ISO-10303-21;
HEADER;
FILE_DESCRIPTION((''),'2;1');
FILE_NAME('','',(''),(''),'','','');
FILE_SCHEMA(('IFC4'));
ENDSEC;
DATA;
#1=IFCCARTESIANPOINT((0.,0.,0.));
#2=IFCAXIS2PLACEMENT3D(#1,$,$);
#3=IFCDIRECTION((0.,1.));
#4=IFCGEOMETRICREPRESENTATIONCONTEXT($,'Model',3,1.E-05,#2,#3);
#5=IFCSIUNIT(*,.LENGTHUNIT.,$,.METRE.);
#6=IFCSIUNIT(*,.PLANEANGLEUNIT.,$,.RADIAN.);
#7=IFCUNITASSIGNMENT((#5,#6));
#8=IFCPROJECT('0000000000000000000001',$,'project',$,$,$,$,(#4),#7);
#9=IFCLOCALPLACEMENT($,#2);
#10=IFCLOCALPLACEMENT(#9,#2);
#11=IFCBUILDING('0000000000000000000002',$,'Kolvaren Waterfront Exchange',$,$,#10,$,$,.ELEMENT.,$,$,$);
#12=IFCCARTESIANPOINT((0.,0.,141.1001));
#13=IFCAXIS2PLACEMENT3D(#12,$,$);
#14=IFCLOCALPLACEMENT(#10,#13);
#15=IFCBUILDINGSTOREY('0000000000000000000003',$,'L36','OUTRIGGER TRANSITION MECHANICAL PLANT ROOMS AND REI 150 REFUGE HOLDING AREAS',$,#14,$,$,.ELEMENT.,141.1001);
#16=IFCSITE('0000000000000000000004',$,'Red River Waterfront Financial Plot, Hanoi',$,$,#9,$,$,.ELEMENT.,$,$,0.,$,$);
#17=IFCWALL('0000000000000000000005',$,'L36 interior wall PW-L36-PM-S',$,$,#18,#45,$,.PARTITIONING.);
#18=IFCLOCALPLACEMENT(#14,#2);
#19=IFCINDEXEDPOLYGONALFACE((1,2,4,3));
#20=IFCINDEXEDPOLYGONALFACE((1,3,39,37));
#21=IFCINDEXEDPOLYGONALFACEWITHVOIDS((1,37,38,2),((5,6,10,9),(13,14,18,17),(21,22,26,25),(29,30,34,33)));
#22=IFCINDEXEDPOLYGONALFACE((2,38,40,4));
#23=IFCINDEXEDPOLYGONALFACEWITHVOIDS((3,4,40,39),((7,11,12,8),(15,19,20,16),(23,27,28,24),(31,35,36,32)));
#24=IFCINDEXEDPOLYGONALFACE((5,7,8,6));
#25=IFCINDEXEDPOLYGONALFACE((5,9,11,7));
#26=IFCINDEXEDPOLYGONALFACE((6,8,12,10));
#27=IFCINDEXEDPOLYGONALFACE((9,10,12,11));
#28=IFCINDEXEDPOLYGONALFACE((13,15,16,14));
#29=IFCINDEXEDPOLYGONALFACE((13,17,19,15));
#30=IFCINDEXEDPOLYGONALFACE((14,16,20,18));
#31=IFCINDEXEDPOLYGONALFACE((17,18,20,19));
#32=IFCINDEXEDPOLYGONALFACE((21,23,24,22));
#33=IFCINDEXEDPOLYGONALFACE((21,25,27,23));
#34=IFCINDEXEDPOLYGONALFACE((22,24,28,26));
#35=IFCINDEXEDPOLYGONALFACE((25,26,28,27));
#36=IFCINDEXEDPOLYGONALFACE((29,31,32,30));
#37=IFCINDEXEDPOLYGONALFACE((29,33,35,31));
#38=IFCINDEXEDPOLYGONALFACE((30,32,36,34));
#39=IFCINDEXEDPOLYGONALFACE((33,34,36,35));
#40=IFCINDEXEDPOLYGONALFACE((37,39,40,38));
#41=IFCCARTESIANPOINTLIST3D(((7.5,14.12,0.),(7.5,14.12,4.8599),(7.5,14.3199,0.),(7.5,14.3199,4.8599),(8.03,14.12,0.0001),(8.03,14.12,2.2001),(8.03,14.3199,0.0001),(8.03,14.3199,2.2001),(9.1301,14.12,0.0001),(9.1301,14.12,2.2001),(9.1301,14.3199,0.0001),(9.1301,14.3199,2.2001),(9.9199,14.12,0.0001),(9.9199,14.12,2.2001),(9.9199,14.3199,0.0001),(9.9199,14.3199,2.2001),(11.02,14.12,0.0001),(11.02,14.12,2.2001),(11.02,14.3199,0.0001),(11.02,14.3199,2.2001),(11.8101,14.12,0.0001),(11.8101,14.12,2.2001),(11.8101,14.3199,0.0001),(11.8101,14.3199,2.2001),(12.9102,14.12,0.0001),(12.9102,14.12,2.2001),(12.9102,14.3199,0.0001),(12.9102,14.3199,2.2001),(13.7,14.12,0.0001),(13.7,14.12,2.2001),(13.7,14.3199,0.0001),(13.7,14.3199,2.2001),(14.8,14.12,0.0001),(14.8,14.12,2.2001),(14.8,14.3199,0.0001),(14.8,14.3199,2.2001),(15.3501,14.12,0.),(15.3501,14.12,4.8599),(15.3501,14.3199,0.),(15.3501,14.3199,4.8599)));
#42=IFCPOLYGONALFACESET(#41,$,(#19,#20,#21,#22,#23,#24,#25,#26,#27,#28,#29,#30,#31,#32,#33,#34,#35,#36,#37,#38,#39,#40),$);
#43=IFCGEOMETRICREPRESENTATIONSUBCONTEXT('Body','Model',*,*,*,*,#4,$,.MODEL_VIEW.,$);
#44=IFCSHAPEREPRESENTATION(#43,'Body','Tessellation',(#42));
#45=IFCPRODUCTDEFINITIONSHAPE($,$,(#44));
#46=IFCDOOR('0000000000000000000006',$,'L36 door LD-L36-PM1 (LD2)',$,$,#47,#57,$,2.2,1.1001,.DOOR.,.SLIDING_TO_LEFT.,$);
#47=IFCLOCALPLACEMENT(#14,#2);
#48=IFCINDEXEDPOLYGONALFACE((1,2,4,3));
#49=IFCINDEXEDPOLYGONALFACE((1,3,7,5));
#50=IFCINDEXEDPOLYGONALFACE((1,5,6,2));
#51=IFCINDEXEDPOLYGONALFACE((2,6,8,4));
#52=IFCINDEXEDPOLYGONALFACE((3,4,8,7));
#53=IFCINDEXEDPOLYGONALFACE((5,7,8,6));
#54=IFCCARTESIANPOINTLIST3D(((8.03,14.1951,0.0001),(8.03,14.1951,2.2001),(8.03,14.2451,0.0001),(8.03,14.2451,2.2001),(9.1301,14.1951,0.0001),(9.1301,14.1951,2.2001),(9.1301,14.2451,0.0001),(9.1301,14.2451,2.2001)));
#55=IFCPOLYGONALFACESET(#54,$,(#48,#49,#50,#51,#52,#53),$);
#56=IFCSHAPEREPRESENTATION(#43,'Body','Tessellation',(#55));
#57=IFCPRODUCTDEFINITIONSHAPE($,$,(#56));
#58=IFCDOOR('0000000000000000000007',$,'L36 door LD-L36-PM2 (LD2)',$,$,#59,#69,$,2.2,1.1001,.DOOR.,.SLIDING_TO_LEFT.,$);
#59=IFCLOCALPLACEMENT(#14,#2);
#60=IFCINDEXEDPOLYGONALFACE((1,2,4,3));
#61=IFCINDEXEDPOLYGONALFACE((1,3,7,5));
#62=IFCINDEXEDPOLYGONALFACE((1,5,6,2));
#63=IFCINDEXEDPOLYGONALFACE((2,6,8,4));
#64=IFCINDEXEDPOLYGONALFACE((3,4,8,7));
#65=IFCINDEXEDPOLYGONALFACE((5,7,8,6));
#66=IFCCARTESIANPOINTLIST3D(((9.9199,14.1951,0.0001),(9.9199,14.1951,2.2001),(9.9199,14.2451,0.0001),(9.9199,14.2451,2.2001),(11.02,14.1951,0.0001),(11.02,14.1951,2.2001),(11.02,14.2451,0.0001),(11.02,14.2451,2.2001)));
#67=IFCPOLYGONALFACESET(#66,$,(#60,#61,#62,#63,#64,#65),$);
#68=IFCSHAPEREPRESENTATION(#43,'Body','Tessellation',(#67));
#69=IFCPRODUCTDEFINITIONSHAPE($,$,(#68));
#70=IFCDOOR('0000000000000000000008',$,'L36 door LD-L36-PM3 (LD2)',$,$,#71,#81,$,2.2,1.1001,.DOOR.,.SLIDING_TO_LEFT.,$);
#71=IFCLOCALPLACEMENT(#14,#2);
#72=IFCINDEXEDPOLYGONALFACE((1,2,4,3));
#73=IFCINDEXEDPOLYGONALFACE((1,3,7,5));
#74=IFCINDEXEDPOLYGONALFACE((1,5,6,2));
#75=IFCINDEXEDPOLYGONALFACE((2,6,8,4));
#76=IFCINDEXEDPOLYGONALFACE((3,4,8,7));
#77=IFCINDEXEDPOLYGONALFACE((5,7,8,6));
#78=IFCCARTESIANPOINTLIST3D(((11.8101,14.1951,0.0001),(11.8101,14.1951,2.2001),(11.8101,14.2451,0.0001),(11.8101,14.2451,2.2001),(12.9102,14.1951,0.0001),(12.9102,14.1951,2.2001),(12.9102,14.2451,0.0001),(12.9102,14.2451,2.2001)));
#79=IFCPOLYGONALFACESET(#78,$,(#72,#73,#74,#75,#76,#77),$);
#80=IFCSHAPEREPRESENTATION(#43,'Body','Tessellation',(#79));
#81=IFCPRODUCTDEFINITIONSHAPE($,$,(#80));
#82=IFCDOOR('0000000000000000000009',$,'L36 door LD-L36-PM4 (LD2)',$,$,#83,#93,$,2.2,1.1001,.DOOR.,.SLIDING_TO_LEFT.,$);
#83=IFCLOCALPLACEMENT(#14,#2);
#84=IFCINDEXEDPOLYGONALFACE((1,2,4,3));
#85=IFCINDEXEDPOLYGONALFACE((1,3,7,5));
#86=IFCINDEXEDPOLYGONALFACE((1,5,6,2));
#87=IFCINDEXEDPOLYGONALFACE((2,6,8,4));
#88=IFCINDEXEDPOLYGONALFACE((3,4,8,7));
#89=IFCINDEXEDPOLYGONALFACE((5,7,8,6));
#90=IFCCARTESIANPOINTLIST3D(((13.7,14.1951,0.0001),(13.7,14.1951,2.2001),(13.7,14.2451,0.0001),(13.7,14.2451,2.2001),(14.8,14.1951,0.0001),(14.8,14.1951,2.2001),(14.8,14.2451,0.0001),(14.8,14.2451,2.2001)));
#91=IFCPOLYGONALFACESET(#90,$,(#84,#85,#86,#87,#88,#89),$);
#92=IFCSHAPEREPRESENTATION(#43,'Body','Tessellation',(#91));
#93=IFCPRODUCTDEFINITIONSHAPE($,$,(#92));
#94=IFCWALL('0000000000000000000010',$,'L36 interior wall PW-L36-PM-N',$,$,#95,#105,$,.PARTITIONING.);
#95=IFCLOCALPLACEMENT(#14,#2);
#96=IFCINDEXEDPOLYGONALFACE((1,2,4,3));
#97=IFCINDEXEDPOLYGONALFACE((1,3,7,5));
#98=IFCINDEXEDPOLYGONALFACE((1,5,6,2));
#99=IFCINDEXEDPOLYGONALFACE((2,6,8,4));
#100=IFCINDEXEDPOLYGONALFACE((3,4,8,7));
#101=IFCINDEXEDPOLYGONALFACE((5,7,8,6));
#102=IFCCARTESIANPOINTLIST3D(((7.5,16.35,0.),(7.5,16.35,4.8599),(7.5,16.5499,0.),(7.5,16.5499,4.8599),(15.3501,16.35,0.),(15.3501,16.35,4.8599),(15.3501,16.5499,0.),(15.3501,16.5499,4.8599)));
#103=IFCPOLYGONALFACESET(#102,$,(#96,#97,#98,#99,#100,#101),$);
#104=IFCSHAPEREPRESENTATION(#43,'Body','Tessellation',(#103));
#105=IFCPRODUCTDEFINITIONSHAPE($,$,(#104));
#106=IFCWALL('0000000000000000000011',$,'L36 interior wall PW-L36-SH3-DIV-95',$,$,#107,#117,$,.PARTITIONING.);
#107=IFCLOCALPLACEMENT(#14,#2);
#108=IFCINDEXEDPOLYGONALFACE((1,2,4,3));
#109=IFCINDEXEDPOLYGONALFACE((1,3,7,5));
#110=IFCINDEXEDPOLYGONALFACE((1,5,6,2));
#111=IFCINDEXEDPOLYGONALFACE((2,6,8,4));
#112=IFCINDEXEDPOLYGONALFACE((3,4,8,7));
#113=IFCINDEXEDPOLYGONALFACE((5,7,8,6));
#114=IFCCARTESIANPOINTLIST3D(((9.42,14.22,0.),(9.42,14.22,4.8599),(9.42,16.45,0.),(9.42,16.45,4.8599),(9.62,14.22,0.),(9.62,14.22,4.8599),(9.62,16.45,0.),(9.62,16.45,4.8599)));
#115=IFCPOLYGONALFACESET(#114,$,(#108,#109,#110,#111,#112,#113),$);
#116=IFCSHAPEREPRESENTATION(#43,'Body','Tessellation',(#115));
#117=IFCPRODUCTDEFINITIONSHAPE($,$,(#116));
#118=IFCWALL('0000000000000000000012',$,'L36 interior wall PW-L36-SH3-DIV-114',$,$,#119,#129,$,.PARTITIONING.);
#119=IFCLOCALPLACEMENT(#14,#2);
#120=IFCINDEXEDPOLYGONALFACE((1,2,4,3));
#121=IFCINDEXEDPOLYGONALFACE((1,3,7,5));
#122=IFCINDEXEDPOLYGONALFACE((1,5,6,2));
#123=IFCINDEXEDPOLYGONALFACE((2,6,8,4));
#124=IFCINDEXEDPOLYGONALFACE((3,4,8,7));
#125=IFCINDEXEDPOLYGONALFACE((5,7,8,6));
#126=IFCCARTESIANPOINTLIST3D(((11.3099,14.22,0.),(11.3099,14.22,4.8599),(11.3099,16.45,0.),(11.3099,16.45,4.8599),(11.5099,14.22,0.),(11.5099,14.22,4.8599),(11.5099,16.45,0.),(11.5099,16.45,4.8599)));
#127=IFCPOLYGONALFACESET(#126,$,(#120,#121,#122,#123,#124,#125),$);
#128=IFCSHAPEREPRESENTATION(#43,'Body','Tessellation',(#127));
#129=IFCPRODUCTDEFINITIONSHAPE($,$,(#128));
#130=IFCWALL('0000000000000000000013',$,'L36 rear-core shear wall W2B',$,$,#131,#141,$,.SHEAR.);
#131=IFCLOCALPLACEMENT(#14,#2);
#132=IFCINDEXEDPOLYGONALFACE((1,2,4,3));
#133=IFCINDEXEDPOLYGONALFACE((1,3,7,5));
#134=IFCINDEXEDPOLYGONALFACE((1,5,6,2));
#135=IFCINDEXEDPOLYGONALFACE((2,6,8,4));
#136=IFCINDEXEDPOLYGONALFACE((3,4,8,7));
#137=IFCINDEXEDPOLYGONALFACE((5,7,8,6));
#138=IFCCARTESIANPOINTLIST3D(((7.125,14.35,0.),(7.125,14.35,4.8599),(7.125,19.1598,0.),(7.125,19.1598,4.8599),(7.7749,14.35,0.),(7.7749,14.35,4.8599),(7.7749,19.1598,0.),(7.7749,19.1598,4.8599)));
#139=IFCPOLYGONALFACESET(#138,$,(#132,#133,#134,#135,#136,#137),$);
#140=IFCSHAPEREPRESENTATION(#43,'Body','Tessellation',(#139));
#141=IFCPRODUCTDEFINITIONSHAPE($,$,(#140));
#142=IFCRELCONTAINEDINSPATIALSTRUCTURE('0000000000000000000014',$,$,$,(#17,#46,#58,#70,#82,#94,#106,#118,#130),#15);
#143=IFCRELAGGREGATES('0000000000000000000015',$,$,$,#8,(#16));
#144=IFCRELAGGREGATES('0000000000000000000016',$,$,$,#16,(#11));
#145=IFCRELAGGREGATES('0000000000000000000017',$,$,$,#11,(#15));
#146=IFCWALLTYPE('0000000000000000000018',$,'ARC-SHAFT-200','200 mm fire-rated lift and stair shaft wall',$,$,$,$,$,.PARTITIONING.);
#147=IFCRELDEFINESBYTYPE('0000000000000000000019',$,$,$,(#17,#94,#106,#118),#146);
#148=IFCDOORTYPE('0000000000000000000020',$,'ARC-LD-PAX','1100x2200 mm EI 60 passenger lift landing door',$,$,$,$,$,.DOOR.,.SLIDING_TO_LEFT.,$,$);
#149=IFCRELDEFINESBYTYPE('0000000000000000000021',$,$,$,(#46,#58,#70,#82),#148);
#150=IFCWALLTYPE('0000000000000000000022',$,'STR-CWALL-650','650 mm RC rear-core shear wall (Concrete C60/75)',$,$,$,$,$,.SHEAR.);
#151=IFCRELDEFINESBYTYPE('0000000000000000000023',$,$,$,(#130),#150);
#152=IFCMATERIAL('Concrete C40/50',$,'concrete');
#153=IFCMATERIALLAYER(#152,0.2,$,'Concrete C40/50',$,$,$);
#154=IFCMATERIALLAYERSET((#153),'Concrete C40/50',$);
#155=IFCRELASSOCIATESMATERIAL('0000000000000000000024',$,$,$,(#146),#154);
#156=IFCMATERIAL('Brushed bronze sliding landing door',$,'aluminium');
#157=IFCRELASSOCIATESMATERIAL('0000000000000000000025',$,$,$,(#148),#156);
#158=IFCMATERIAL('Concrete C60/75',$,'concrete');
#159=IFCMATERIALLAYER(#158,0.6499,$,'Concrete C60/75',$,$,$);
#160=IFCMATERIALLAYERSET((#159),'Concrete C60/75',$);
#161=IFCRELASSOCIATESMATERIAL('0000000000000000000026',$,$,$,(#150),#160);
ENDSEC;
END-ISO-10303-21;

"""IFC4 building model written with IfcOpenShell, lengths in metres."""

from ifc_helpers import new_model, si_unit, direction, frame, frame_2d, origin, place, context, subcontext, project, spatial, rectangle, extrude, material, layer, layer_set, type_object, element, fill, save


model = new_model("IFC4")

# Units and contexts
model_context = context("Model", 3, precision=1e-05, world=origin(), true_north=direction((0.0, 1.0)))
body_context = subcontext(model_context, "Body", "Model", "MODEL_VIEW")
ifc_project = project(units=[si_unit("LENGTHUNIT", "METRE"), si_unit("PLANEANGLEUNIT", "RADIAN")], contexts=[model_context])

# Site, building, storey
site_placement = place(None, origin())
site = spatial("IfcSite", under=ifc_project, at=site_placement, Name="Red River Waterfront Financial Plot, Hanoi", CompositionType="ELEMENT", RefElevation=0.0)
building_placement = place(site_placement, origin())
building = spatial("IfcBuilding", under=site, at=building_placement, Name="Kolvaren Waterfront Exchange", CompositionType="ELEMENT")
storey_placement = place(building_placement, frame((0.0, 0.0, 141.1001)))
storey = spatial("IfcBuildingStorey", under=building, at=storey_placement, Name="L36", Description="OUTRIGGER TRANSITION MECHANICAL PLANT ROOMS AND REI 150 REFUGE HOLDING AREAS", CompositionType="ELEMENT", Elevation=141.1001)

# Wall, openings, doors
ifc_material_1 = material(Name="Concrete C40/50", Category="concrete")
ifc_layer_1 = layer(ifc_material_1, 0.2, Name="Concrete C40/50")
ifc_layer_set_1 = layer_set([ifc_layer_1], Name="Concrete C40/50")
wall_type_1 = type_object("IfcWallType", Name="ARC-SHAFT-200", Description="200 mm fire-rated lift and stair shaft wall", PredefinedType="PARTITIONING", material=ifc_layer_set_1)
wall_1_placement = place(storey_placement, frame((7.5, 14.22, 0.0), z_axis=(0.0, 0.0, 1.0), x_axis=(1.0, 0.0, 0.0)))
wall_1 = element("IfcWall", 1, at=wall_1_placement, inside=storey, type_object=wall_type_1, Name="L36 interior wall PW-L36-PM-S", PredefinedType="PARTITIONING", context=body_context, shape_type="SweptSolid", body=[
    extrude(rectangle(XDim=7.8501, YDim=0.2, at=frame_2d((3.925, 0.0))), origin(), (0.0, 0.0, 1.0), 4.8599),
])
opening_1_placement = place(wall_1_placement, frame((0.53, 0.0, 0.0)))
opening_1 = element("IfcOpeningElement", 2, at=opening_1_placement, cuts=wall_1, PredefinedType="OPENING", context=body_context, shape_type="SweptSolid", body=[
    extrude(rectangle(XDim=1.1001, YDim=2.2, at=frame_2d((0.55, 1.1001))), frame((0.0, 0.1099, 0.0), z_axis=(0.0, -1.0, 0.0), x_axis=(1.0, 0.0, 0.0)), (0.0, 0.0, 1.0), 0.22),
])
opening_2_placement = place(wall_1_placement, frame((2.4199, 0.0, 0.0)))
opening_2 = element("IfcOpeningElement", 3, at=opening_2_placement, cuts=wall_1, PredefinedType="OPENING", context=body_context, shape_type="SweptSolid", body=[
    extrude(rectangle(XDim=1.1001, YDim=2.2, at=frame_2d((0.55, 1.1001))), frame((0.0, 0.1099, 0.0), z_axis=(0.0, -1.0, 0.0), x_axis=(1.0, 0.0, 0.0)), (0.0, 0.0, 1.0), 0.22),
])
opening_3_placement = place(wall_1_placement, frame((4.3101, 0.0, 0.0)))
opening_3 = element("IfcOpeningElement", 4, at=opening_3_placement, cuts=wall_1, PredefinedType="OPENING", context=body_context, shape_type="SweptSolid", body=[
    extrude(rectangle(XDim=1.1001, YDim=2.2, at=frame_2d((0.55, 1.1001))), frame((0.0, 0.1099, 0.0), z_axis=(0.0, -1.0, 0.0), x_axis=(1.0, 0.0, 0.0)), (0.0, 0.0, 1.0), 0.22),
])
opening_4_placement = place(wall_1_placement, frame((6.2, 0.0, 0.0)))
opening_4 = element("IfcOpeningElement", 5, at=opening_4_placement, cuts=wall_1, PredefinedType="OPENING", context=body_context, shape_type="SweptSolid", body=[
    extrude(rectangle(XDim=1.1001, YDim=2.2, at=frame_2d((0.55, 1.1001))), frame((0.0, 0.1099, 0.0), z_axis=(0.0, -1.0, 0.0), x_axis=(1.0, 0.0, 0.0)), (0.0, 0.0, 1.0), 0.22),
])
ifc_material_2 = material(Name="Brushed bronze sliding landing door", Category="aluminium")
door_type_1 = type_object("IfcDoorType", Name="ARC-LD-PAX", Description="1100x2200 mm EI 60 passenger lift landing door", OperationType="SLIDING_TO_LEFT", PredefinedType="DOOR", material=ifc_material_2)
door_1_placement = place(opening_1_placement, frame((1.1001, 0.0, 0.0), z_axis=(0.0, 0.0, 1.0), x_axis=(-1.0, 0.0, 0.0)))
door_1 = element("IfcDoor", 6, at=door_1_placement, inside=storey, type_object=door_type_1, Name="L36 door LD-L36-PM1 (LD2)", OperationType="SLIDING_TO_LEFT", OverallHeight=2.2, OverallWidth=1.1001, PredefinedType="DOOR", context=body_context, shape_type="SweptSolid", body=[
    extrude(rectangle(XDim=1.1001, YDim=2.2, at=frame_2d((0.55, 1.1001))), frame((0.0, 0.0249, 0.0), z_axis=(0.0, -1.0, 0.0), x_axis=(1.0, 0.0, 0.0)), (0.0, 0.0, 1.0), 0.05),
])
fill(opening_1, door_1)
door_2_placement = place(opening_2_placement, frame((1.1001, 0.0, 0.0), z_axis=(0.0, 0.0, 1.0), x_axis=(-1.0, 0.0, 0.0)))
door_2 = element("IfcDoor", 7, at=door_2_placement, inside=storey, type_object=door_type_1, Name="L36 door LD-L36-PM2 (LD2)", OperationType="SLIDING_TO_LEFT", OverallHeight=2.2, OverallWidth=1.1001, PredefinedType="DOOR", context=body_context, shape_type="SweptSolid", body=[
    extrude(rectangle(XDim=1.1001, YDim=2.2, at=frame_2d((0.55, 1.1001))), frame((0.0, 0.0249, 0.0), z_axis=(0.0, -1.0, 0.0), x_axis=(1.0, 0.0, 0.0)), (0.0, 0.0, 1.0), 0.05),
])
fill(opening_2, door_2)
door_3_placement = place(opening_3_placement, frame((1.1001, 0.0, 0.0), z_axis=(0.0, 0.0, 1.0), x_axis=(-1.0, 0.0, 0.0)))
door_3 = element("IfcDoor", 8, at=door_3_placement, inside=storey, type_object=door_type_1, Name="L36 door LD-L36-PM3 (LD2)", OperationType="SLIDING_TO_LEFT", OverallHeight=2.2, OverallWidth=1.1001, PredefinedType="DOOR", context=body_context, shape_type="SweptSolid", body=[
    extrude(rectangle(XDim=1.1001, YDim=2.2, at=frame_2d((0.55, 1.1001))), frame((0.0, 0.0249, 0.0), z_axis=(0.0, -1.0, 0.0), x_axis=(1.0, 0.0, 0.0)), (0.0, 0.0, 1.0), 0.05),
])
fill(opening_3, door_3)
door_4_placement = place(opening_4_placement, frame((1.1001, 0.0, 0.0), z_axis=(0.0, 0.0, 1.0), x_axis=(-1.0, 0.0, 0.0)))
door_4 = element("IfcDoor", 9, at=door_4_placement, inside=storey, type_object=door_type_1, Name="L36 door LD-L36-PM4 (LD2)", OperationType="SLIDING_TO_LEFT", OverallHeight=2.2, OverallWidth=1.1001, PredefinedType="DOOR", context=body_context, shape_type="SweptSolid", body=[
    extrude(rectangle(XDim=1.1001, YDim=2.2, at=frame_2d((0.55, 1.1001))), frame((0.0, 0.0249, 0.0), z_axis=(0.0, -1.0, 0.0), x_axis=(1.0, 0.0, 0.0)), (0.0, 0.0, 1.0), 0.05),
])
fill(opening_4, door_4)

# Walls
wall_2_placement = place(storey_placement, frame((7.5, 16.45, 0.0), z_axis=(0.0, 0.0, 1.0), x_axis=(1.0, 0.0, 0.0)))
element("IfcWall", 10, at=wall_2_placement, inside=storey, type_object=wall_type_1, Name="L36 interior wall PW-L36-PM-N", PredefinedType="PARTITIONING", context=body_context, shape_type="SweptSolid", body=[
    extrude(rectangle(XDim=7.8501, YDim=0.2, at=frame_2d((3.925, 0.0))), origin(), (0.0, 0.0, 1.0), 4.8599),
])
for number, where, z_axis, x_axis, name in (
    (11, (9.52, 14.22, 0.0), (0.0, 0.0, 1.0), (0.0, 1.0, 0.0), "L36 interior wall PW-L36-SH3-DIV-95"),
    (12, (11.4099, 14.22, 0.0), (0.0, 0.0, 1.0), (0.0, 1.0, 0.0), "L36 interior wall PW-L36-SH3-DIV-114"),
):
    element("IfcWall", number, at=place(storey_placement, frame(where, z_axis=z_axis, x_axis=x_axis)), inside=storey, type_object=wall_type_1, Name=name, PredefinedType="PARTITIONING", context=body_context, shape_type="SweptSolid", body=[
        extrude(rectangle(XDim=2.23, YDim=0.2, at=frame_2d((1.115, 0.0))), origin(), (0.0, 0.0, 1.0), 4.8599),
    ])
ifc_material_3 = material(Name="Concrete C60/75", Category="concrete")
ifc_layer_2 = layer(ifc_material_3, 0.6499, Name="Concrete C60/75")
ifc_layer_set_2 = layer_set([ifc_layer_2], Name="Concrete C60/75")
wall_type_2 = type_object("IfcWallType", Name="STR-CWALL-650", Description="650 mm RC rear-core shear wall (Concrete C60/75)", PredefinedType="SHEAR", material=ifc_layer_set_2)
wall_3_placement = place(storey_placement, frame((7.45, 14.3501, 0.0), z_axis=(0.0, 0.0, 1.0), x_axis=(0.0, 1.0, 0.0)))
element("IfcWall", 13, at=wall_3_placement, inside=storey, type_object=wall_type_2, Name="L36 rear-core shear wall W2B", PredefinedType="SHEAR", context=body_context, shape_type="SweptSolid", body=[
    extrude(rectangle(XDim=4.8098, YDim=0.6499, at=frame_2d((2.4048, 0.0))), origin(), (0.0, 0.0, 1.0), 4.8599),
])

save(model, "model.ifc")
